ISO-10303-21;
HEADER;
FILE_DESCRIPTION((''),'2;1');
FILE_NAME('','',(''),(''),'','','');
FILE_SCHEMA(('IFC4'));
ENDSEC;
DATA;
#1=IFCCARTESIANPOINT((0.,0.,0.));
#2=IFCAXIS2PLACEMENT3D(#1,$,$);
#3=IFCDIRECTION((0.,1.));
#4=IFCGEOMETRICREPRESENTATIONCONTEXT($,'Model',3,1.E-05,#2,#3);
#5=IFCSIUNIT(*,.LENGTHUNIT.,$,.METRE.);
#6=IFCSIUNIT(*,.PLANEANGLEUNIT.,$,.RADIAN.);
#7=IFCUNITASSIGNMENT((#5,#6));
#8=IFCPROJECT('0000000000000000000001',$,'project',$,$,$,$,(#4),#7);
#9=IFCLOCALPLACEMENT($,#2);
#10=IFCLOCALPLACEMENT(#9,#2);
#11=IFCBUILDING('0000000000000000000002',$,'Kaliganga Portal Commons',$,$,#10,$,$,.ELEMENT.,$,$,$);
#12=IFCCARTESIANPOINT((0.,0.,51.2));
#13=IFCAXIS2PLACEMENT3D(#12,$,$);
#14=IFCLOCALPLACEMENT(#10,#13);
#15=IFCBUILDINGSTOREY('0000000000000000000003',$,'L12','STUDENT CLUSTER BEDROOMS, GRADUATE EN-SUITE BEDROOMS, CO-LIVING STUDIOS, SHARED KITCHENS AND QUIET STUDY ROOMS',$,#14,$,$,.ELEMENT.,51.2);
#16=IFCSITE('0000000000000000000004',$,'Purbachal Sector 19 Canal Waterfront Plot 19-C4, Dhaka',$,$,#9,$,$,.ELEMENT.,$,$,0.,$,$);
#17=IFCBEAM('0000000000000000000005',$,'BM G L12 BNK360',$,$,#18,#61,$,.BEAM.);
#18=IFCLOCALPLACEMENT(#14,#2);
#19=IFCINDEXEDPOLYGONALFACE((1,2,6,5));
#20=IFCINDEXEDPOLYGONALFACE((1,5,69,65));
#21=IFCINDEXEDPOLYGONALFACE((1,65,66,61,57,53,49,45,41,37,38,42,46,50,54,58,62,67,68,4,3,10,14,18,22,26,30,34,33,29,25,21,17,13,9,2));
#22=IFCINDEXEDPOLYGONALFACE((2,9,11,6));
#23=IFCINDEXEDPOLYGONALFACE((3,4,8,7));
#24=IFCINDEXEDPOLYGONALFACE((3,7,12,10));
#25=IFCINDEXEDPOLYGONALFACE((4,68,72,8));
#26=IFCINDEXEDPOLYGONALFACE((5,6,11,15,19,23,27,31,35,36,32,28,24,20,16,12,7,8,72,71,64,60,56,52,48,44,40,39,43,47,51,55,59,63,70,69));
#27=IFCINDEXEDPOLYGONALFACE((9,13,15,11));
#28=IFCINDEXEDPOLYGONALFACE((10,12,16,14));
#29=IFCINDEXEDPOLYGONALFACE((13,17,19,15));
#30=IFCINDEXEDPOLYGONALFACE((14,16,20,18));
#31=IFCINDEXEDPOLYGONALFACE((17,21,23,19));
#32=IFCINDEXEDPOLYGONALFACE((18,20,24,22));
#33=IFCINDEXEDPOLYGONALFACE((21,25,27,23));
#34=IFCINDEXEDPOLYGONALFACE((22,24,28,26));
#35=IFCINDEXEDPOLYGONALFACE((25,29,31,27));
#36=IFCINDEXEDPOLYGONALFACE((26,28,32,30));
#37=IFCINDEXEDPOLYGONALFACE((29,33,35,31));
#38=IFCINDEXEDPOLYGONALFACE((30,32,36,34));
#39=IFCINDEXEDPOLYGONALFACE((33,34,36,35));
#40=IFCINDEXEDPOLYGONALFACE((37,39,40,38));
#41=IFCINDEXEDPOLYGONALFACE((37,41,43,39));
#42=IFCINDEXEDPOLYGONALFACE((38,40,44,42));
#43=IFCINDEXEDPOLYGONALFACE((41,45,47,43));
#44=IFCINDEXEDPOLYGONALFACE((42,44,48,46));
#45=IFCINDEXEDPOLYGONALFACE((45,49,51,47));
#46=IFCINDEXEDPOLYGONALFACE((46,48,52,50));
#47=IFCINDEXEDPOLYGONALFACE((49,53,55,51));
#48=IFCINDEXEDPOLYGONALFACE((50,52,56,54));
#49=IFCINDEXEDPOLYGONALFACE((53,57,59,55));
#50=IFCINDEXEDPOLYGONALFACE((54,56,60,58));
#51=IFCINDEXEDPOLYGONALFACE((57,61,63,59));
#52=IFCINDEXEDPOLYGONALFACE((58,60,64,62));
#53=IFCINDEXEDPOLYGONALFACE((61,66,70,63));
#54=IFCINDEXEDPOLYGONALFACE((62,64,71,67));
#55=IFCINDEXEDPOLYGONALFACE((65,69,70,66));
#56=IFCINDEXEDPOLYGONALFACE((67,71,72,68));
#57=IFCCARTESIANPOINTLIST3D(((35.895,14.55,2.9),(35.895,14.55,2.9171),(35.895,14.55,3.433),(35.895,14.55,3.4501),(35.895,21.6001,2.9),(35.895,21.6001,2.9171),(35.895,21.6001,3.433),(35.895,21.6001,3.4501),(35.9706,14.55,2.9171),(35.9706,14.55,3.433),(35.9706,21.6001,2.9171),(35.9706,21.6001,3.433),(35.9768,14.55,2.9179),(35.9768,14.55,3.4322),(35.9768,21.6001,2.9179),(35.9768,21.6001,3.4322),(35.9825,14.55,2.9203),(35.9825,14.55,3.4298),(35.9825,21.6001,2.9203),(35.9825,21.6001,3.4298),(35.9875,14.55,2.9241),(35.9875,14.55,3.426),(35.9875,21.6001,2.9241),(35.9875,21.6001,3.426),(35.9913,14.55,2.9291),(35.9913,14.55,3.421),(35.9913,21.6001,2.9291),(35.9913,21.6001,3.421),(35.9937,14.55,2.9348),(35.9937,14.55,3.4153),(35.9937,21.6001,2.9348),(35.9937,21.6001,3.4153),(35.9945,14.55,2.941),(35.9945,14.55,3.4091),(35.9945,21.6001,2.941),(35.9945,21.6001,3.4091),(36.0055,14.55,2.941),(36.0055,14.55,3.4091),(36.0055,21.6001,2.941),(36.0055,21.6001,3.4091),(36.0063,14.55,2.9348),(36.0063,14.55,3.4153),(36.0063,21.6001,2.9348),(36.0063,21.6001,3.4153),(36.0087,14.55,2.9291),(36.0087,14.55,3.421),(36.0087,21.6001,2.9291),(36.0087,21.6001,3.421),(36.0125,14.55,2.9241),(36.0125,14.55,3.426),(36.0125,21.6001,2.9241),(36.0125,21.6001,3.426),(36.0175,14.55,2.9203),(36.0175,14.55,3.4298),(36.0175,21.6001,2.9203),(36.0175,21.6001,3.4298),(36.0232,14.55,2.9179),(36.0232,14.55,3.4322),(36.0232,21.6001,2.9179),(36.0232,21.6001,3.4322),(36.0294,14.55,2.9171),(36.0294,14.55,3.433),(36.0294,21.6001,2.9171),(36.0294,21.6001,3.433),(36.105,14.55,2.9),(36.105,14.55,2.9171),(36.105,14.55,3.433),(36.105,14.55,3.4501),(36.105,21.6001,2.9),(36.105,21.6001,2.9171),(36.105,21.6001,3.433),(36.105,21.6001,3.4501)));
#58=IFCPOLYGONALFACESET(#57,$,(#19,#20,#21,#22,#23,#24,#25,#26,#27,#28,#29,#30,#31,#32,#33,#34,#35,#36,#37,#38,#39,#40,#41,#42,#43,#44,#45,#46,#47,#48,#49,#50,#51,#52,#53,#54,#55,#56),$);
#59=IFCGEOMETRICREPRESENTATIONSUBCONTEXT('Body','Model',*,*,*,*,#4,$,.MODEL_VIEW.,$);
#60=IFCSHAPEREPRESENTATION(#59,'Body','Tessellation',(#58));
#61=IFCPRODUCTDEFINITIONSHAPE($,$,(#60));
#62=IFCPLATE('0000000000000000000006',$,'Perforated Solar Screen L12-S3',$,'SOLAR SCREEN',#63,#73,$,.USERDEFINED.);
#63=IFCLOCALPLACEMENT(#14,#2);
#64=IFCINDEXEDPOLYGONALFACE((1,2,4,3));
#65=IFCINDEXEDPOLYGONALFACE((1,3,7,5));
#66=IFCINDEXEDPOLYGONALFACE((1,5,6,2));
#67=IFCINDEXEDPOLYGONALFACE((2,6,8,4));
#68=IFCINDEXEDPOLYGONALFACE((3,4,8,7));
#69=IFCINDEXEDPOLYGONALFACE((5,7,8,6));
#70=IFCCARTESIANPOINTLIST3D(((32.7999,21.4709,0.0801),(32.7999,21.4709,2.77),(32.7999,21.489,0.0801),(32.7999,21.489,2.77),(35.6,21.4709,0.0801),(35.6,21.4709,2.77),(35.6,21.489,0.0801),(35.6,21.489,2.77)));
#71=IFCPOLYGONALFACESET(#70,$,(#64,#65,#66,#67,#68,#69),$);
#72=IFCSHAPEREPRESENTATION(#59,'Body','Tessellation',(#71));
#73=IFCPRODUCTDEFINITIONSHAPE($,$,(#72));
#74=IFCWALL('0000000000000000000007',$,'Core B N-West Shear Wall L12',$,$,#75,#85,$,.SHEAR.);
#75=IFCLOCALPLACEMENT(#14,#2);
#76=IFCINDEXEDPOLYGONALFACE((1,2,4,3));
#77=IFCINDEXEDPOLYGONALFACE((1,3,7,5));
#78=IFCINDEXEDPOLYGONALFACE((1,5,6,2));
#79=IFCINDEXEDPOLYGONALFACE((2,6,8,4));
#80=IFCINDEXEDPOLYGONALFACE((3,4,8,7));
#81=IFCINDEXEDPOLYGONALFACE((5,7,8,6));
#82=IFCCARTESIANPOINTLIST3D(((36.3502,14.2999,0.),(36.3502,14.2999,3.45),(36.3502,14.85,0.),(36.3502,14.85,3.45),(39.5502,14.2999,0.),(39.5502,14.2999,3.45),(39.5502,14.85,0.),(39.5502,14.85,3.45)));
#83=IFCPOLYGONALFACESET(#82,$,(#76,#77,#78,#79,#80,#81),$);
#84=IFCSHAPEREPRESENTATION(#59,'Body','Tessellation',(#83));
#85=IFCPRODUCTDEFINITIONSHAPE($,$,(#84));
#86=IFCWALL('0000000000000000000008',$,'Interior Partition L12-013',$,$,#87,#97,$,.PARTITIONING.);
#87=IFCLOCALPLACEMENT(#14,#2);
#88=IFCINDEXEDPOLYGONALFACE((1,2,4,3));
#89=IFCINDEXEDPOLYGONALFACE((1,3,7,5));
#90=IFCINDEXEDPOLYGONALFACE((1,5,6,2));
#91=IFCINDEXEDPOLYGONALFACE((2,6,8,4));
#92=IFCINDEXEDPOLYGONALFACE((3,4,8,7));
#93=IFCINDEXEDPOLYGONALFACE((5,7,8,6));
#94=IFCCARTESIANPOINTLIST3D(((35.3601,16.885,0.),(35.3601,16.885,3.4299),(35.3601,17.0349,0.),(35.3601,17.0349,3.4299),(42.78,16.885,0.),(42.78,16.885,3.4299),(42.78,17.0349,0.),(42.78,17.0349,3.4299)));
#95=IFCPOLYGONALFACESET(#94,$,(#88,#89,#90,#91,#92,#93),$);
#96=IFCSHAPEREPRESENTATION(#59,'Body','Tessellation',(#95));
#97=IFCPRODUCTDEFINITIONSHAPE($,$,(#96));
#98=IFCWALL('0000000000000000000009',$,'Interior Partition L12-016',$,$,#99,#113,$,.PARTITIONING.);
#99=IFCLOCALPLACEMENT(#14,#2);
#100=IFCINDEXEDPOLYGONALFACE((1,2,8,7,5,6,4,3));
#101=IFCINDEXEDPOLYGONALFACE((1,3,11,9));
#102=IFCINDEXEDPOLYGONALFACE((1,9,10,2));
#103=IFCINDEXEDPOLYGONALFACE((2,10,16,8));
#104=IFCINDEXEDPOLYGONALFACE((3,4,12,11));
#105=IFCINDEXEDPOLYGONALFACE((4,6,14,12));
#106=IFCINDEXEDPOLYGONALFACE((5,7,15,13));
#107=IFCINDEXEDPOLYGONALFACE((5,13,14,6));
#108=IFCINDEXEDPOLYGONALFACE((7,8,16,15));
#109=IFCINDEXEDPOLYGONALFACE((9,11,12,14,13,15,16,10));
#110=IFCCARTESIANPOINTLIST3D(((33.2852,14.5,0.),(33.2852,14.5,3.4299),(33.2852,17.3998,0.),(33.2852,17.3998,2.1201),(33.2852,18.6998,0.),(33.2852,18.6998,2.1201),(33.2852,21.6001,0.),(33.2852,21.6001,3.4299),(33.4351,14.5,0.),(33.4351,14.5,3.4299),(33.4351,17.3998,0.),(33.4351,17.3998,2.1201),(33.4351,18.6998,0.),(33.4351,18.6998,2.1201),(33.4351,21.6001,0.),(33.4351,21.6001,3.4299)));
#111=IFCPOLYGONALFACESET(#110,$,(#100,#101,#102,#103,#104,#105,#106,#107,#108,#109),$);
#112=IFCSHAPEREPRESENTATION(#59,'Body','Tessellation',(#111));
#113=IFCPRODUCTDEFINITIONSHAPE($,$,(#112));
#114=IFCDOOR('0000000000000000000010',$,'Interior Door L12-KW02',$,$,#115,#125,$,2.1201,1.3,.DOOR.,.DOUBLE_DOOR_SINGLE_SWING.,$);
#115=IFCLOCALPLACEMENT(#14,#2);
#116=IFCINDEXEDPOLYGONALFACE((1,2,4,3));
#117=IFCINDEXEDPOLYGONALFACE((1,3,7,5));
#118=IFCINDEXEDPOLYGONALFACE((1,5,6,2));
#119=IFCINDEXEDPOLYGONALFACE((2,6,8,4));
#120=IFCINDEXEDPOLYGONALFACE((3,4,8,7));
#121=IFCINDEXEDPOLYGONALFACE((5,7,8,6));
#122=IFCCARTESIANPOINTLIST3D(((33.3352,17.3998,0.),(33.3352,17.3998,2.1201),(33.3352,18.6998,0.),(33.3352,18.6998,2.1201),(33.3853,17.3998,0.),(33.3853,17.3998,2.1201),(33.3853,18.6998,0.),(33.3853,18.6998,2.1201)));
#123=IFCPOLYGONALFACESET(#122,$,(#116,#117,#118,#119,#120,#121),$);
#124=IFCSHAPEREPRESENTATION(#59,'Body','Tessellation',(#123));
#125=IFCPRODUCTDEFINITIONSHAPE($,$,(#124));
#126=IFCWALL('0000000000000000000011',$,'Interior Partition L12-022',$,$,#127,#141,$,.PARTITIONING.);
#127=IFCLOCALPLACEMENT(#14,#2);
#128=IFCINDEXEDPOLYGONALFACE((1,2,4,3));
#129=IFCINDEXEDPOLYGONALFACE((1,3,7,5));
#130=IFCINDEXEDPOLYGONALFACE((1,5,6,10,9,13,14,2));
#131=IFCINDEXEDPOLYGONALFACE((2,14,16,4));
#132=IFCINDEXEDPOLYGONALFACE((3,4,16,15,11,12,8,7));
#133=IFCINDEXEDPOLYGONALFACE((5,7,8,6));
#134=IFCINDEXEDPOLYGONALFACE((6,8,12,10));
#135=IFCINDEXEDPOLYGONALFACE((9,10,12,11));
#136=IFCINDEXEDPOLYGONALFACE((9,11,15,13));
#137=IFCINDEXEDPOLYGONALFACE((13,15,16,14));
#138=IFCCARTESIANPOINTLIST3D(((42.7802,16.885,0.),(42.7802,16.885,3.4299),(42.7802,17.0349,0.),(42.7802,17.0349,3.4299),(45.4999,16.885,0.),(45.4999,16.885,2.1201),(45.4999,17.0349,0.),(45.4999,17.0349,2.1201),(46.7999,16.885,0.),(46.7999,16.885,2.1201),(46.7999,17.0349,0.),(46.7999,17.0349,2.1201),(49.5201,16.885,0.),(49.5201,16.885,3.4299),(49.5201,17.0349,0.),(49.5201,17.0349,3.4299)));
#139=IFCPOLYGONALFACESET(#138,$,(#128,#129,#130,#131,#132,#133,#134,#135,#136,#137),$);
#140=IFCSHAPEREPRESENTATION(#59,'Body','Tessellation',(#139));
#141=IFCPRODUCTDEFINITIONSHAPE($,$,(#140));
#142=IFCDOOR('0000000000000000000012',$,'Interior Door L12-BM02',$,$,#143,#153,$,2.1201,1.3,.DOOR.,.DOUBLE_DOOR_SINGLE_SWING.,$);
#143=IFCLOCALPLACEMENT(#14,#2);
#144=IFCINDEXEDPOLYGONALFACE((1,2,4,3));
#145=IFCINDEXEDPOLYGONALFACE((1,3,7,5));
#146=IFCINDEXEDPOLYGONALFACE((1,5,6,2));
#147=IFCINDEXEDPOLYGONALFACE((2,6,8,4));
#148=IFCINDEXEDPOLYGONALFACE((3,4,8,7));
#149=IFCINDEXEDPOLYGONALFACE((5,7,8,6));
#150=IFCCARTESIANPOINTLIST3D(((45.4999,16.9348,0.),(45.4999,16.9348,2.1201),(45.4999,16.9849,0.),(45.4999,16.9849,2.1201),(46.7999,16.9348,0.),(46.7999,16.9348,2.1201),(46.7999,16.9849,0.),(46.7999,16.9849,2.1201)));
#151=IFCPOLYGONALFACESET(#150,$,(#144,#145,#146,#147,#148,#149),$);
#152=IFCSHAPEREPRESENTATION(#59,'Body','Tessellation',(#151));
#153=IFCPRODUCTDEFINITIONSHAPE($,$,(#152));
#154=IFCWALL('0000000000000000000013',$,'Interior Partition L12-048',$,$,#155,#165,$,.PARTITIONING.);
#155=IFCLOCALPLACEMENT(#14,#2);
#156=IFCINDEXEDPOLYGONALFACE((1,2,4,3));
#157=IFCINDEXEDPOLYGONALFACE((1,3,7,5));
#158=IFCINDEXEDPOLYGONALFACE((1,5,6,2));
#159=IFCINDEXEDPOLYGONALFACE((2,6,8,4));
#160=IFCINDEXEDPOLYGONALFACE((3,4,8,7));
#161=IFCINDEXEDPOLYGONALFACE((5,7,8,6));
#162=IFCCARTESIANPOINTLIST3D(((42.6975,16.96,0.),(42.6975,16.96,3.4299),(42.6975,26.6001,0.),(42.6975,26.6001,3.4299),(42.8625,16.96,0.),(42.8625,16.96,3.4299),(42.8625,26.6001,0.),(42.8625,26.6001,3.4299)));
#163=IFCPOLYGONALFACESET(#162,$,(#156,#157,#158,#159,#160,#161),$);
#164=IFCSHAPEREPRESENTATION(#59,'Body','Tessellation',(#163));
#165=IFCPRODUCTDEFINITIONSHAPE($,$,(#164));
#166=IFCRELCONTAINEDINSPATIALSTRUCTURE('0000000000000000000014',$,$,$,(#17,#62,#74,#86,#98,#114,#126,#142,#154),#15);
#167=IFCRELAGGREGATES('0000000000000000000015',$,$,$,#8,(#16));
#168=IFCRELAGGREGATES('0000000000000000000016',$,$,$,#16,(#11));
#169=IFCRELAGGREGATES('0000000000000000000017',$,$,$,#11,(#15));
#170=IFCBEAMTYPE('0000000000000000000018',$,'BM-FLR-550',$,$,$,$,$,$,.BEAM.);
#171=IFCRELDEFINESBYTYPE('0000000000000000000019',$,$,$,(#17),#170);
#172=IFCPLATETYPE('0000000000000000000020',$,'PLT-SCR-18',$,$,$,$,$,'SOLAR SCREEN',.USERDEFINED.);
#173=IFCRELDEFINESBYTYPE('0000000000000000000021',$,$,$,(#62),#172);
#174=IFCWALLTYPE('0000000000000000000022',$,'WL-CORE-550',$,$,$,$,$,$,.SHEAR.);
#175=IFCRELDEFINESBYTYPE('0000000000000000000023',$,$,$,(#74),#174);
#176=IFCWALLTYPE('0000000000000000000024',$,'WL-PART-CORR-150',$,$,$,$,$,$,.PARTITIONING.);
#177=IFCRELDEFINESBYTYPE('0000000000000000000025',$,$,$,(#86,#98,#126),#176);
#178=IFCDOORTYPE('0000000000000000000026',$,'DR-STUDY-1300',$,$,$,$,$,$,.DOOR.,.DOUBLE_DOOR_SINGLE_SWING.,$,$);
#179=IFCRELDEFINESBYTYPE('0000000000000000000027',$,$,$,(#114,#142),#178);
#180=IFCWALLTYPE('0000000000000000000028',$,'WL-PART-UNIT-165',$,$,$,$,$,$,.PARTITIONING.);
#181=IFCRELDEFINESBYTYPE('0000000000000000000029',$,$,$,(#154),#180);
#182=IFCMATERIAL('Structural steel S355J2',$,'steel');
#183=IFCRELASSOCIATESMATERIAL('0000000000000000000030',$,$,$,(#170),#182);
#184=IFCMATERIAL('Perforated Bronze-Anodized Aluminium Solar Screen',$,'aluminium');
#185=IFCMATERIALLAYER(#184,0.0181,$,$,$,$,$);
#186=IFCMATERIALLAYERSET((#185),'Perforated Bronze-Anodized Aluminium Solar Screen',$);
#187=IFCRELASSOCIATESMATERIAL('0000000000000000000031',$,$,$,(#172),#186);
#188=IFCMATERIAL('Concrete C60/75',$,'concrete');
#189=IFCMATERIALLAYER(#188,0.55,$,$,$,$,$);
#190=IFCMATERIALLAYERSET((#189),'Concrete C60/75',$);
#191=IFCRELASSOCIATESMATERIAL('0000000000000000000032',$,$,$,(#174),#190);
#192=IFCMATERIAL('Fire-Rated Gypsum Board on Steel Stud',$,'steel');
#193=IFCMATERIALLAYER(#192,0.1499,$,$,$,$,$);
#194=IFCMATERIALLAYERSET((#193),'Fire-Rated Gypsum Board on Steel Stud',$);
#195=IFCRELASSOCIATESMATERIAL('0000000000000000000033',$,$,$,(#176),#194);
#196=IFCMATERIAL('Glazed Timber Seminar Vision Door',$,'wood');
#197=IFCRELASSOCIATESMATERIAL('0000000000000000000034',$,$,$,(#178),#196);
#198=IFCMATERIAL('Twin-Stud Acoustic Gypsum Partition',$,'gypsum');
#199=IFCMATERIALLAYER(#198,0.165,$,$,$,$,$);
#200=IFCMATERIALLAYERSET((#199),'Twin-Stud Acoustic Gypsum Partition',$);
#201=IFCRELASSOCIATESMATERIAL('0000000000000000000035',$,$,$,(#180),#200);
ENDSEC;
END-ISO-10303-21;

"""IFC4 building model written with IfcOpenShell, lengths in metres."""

from ifc_helpers import new_model, si_unit, direction, frame, frame_2d, origin, origin_2d, place, context, subcontext, project, spatial, rectangle, i_section, extrude, source, transform, mapped, material, layer, layer_set, material_profile, profile_set, type_object, element, fill, save


model = new_model("IFC4")

# Units and contexts
model_context = context("Model", 3, precision=1e-05, world=origin(), true_north=direction((0.0, 1.0)))
body_context = subcontext(model_context, "Body", "Model", "MODEL_VIEW")
ifc_project = project(units=[si_unit("LENGTHUNIT", "METRE"), si_unit("PLANEANGLEUNIT", "RADIAN")], contexts=[model_context])

# Site, building, storey
site_placement = place(None, origin())
site = spatial("IfcSite", under=ifc_project, at=site_placement, Name="Purbachal Sector 19 Canal Waterfront Plot 19-C4, Dhaka", CompositionType="ELEMENT", RefElevation=0.0)
building_placement = place(site_placement, origin())
building = spatial("IfcBuilding", under=site, at=building_placement, Name="Kaliganga Portal Commons", CompositionType="ELEMENT")
storey_placement = place(building_placement, frame((0.0, 0.0, 51.2)))
storey = spatial("IfcBuildingStorey", under=building, at=storey_placement, Name="L12", Description="STUDENT CLUSTER BEDROOMS, GRADUATE EN-SUITE BEDROOMS, CO-LIVING STUDIOS, SHARED KITCHENS AND QUIET STUDY ROOMS", CompositionType="ELEMENT", Elevation=51.2)

# Beam
ifc_material_1 = material(Name="Concrete C60/75", Category="concrete")
ifc_material_2 = material(Name="Structural steel S355J2", Category="steel")
ifc_material_profile_1 = material_profile(ifc_material_2, i_section(OverallWidth=0.21, OverallDepth=0.55, WebThickness=0.011, FlangeThickness=0.0171, FilletRadius=0.0239, at=origin_2d()), Name="IPE 550")
ifc_profile_set_1 = profile_set([ifc_material_profile_1], Name="Structural steel S355J2 wide-flange")
beam_type_1 = type_object("IfcBeamType", Name="BM-FLR-550", PredefinedType="BEAM", material=ifc_profile_set_1)
shared_shape_1 = source(origin(), body_context, "Body", "SweptSolid", [
    extrude(i_section(OverallWidth=0.21, OverallDepth=0.55, WebThickness=0.011, FlangeThickness=0.0171, FilletRadius=0.0239, at=origin_2d()), origin(), (0.0, 0.0, 1.0), 7.05),
])
beam_1_placement = place(storey_placement, frame((36.0, 14.55, 3.175), z_axis=(0.0, 1.0, 0.0), x_axis=(-1.0, 0.0, 0.0)))
element("IfcBeam", 1, at=beam_1_placement, inside=storey, type_object=beam_type_1, Name="BM G L12 BNK360", PredefinedType="BEAM", context=body_context, shape_type="MappedRepresentation", body=[
    mapped(shared_shape_1, transform((0.0, 0.0, 0.0), x_axis=(1.0, 0.0, 0.0), y_axis=(0.0, 1.0, 0.0), z_axis=(0.0, 0.0, 1.0), scale=1.0)),
])

# Plate
ifc_material_3 = material(Name="Perforated Bronze-Anodized Aluminium Solar Screen", Category="aluminium")
ifc_layer_1 = layer(ifc_material_3, 0.0181)
ifc_layer_set_1 = layer_set([ifc_layer_1], Name="Perforated Bronze-Anodized Aluminium Solar Screen")
plate_type = type_object("IfcPlateType", Name="PLT-SCR-18", ElementType="SOLAR SCREEN", PredefinedType="USERDEFINED", material=ifc_layer_set_1)
shared_shape_2 = source(origin(), body_context, "Body", "SweptSolid", [
    extrude(rectangle(XDim=2.8, YDim=0.0181, at=origin_2d()), origin(), (0.0, 0.0, 1.0), 2.6899),
])
plate_placement = place(storey_placement, frame((34.2, 21.48, 0.0801), z_axis=(0.0, 0.0, 1.0), x_axis=(1.0, 0.0, 0.0)))
element("IfcPlate", 2, at=plate_placement, inside=storey, type_object=plate_type, Name="Perforated Solar Screen L12-S3", ObjectType="SOLAR SCREEN", PredefinedType="USERDEFINED", context=body_context, shape_type="MappedRepresentation", body=[
    mapped(shared_shape_2, transform((0.0, 0.0, 0.0), x_axis=(1.0, 0.0, 0.0), y_axis=(0.0, 1.0, 0.0), z_axis=(0.0, 0.0, 1.0), scale=1.0)),
])

# Wall
ifc_layer_2 = layer(ifc_material_1, 0.55)
ifc_layer_set_2 = layer_set([ifc_layer_2], Name="Concrete C60/75")
wall_type_1 = type_object("IfcWallType", Name="WL-CORE-550", PredefinedType="SHEAR", material=ifc_layer_set_2)
wall_1_placement = place(storey_placement, frame((36.3501, 14.575, 0.0), z_axis=(0.0, 0.0, 1.0), x_axis=(1.0, 0.0, 0.0)))
element("IfcWall", 3, at=wall_1_placement, inside=storey, type_object=wall_type_1, Name="Core B N-West Shear Wall L12", PredefinedType="SHEAR", context=body_context, shape_type="SweptSolid", body=[
    extrude(rectangle(XDim=3.2, YDim=0.55, at=frame_2d((1.6001, 0.0))), origin(), (0.0, 0.0, 1.0), 3.45),
])

# Shared definitions
ifc_material_4 = material(Name="Fire-Rated Gypsum Board on Steel Stud", Category="steel")
ifc_layer_3 = layer(ifc_material_4, 0.1499)
ifc_layer_set_3 = layer_set([ifc_layer_3], Name="Fire-Rated Gypsum Board on Steel Stud")
wall_type_2 = type_object("IfcWallType", Name="WL-PART-CORR-150", PredefinedType="PARTITIONING", material=ifc_layer_set_3)
ifc_material_5 = material(Name="Glazed Timber Seminar Vision Door", Category="wood")
door_type_1 = type_object("IfcDoorType", Name="DR-STUDY-1300", OperationType="DOUBLE_DOOR_SINGLE_SWING", PredefinedType="DOOR", material=ifc_material_5)

# Wall
wall_2_placement = place(storey_placement, frame((35.3601, 16.96, 0.0), z_axis=(0.0, 0.0, 1.0), x_axis=(1.0, 0.0, 0.0)))
element("IfcWall", 4, at=wall_2_placement, inside=storey, type_object=wall_type_2, Name="Interior Partition L12-013", PredefinedType="PARTITIONING", context=body_context, shape_type="SweptSolid", body=[
    extrude(rectangle(XDim=7.4199, YDim=0.1499, at=frame_2d((3.71, 0.0))), origin(), (0.0, 0.0, 1.0), 3.4299),
])

# Walls, openings, doors
wall_3_placement = place(storey_placement, frame((33.3601, 14.5, 0.0), z_axis=(0.0, 0.0, 1.0), x_axis=(0.0, 1.0, 0.0)))
wall_3 = element("IfcWall", 5, at=wall_3_placement, inside=storey, type_object=wall_type_2, Name="Interior Partition L12-016", PredefinedType="PARTITIONING", context=body_context, shape_type="SweptSolid", body=[
    extrude(rectangle(XDim=7.1001, YDim=0.1499, at=frame_2d((3.55, 0.0))), origin(), (0.0, 0.0, 1.0), 3.4299),
])
opening_1_placement = place(wall_3_placement, frame((2.8999, 0.0, 0.0)))
opening_1 = element("IfcOpeningElement", 6, at=opening_1_placement, cuts=wall_3, PredefinedType="OPENING", context=body_context, shape_type="SweptSolid", body=[
    extrude(rectangle(XDim=1.3, YDim=2.1201, at=frame_2d((0.6499, 1.0601))), frame((0.0, 0.085, 0.0), z_axis=(0.0, -1.0, 0.0), x_axis=(1.0, 0.0, 0.0)), (0.0, 0.0, 1.0), 0.1699),
])
door_1_placement = place(opening_1_placement, origin())
door_1 = element("IfcDoor", 7, at=door_1_placement, inside=storey, type_object=door_type_1, Name="Interior Door L12-KW02", OperationType="DOUBLE_DOOR_SINGLE_SWING", OverallHeight=2.1201, OverallWidth=1.3, PredefinedType="DOOR", context=body_context, shape_type="SweptSolid", body=[
    extrude(rectangle(XDim=1.3, YDim=2.1201, at=frame_2d((0.6499, 1.0601))), frame((0.0, 0.0249, 0.0), z_axis=(0.0, -1.0, 0.0), x_axis=(1.0, 0.0, 0.0)), (0.0, 0.0, 1.0), 0.05),
])
fill(opening_1, door_1)
wall_4_placement = place(storey_placement, frame((42.78, 16.96, 0.0), z_axis=(0.0, 0.0, 1.0), x_axis=(1.0, 0.0, 0.0)))
wall_4 = element("IfcWall", 8, at=wall_4_placement, inside=storey, type_object=wall_type_2, Name="Interior Partition L12-022", PredefinedType="PARTITIONING", context=body_context, shape_type="SweptSolid", body=[
    extrude(rectangle(XDim=6.74, YDim=0.1499, at=frame_2d((3.3701, 0.0))), origin(), (0.0, 0.0, 1.0), 3.4299),
])
opening_2_placement = place(wall_4_placement, frame((2.72, 0.0, 0.0)))
opening_2 = element("IfcOpeningElement", 9, at=opening_2_placement, cuts=wall_4, PredefinedType="OPENING", context=body_context, shape_type="SweptSolid", body=[
    extrude(rectangle(XDim=1.3, YDim=2.1201, at=frame_2d((0.6499, 1.0601))), frame((0.0, 0.085, 0.0), z_axis=(0.0, -1.0, 0.0), x_axis=(1.0, 0.0, 0.0)), (0.0, 0.0, 1.0), 0.1699),
])
door_2_placement = place(opening_2_placement, origin())
door_2 = element("IfcDoor", 10, at=door_2_placement, inside=storey, type_object=door_type_1, Name="Interior Door L12-BM02", OperationType="DOUBLE_DOOR_SINGLE_SWING", OverallHeight=2.1201, OverallWidth=1.3, PredefinedType="DOOR", context=body_context, shape_type="SweptSolid", body=[
    extrude(rectangle(XDim=1.3, YDim=2.1201, at=frame_2d((0.6499, 1.0601))), frame((0.0, 0.0249, 0.0), z_axis=(0.0, -1.0, 0.0), x_axis=(1.0, 0.0, 0.0)), (0.0, 0.0, 1.0), 0.05),
])
fill(opening_2, door_2)

# Wall
ifc_material_6 = material(Name="Twin-Stud Acoustic Gypsum Partition", Category="gypsum")
ifc_layer_4 = layer(ifc_material_6, 0.165)
ifc_layer_set_4 = layer_set([ifc_layer_4], Name="Twin-Stud Acoustic Gypsum Partition")
wall_type_3 = type_object("IfcWallType", Name="WL-PART-UNIT-165", PredefinedType="PARTITIONING", material=ifc_layer_set_4)
wall_5_placement = place(storey_placement, frame((42.78, 16.96, 0.0), z_axis=(0.0, 0.0, 1.0), x_axis=(0.0, 1.0, 0.0)))
element("IfcWall", 11, at=wall_5_placement, inside=storey, type_object=wall_type_3, Name="Interior Partition L12-048", PredefinedType="PARTITIONING", context=body_context, shape_type="SweptSolid", body=[
    extrude(rectangle(XDim=9.6401, YDim=0.165, at=frame_2d((4.8201, 0.0))), origin(), (0.0, 0.0, 1.0), 3.4299),
])

save(model, "model.ifc")
